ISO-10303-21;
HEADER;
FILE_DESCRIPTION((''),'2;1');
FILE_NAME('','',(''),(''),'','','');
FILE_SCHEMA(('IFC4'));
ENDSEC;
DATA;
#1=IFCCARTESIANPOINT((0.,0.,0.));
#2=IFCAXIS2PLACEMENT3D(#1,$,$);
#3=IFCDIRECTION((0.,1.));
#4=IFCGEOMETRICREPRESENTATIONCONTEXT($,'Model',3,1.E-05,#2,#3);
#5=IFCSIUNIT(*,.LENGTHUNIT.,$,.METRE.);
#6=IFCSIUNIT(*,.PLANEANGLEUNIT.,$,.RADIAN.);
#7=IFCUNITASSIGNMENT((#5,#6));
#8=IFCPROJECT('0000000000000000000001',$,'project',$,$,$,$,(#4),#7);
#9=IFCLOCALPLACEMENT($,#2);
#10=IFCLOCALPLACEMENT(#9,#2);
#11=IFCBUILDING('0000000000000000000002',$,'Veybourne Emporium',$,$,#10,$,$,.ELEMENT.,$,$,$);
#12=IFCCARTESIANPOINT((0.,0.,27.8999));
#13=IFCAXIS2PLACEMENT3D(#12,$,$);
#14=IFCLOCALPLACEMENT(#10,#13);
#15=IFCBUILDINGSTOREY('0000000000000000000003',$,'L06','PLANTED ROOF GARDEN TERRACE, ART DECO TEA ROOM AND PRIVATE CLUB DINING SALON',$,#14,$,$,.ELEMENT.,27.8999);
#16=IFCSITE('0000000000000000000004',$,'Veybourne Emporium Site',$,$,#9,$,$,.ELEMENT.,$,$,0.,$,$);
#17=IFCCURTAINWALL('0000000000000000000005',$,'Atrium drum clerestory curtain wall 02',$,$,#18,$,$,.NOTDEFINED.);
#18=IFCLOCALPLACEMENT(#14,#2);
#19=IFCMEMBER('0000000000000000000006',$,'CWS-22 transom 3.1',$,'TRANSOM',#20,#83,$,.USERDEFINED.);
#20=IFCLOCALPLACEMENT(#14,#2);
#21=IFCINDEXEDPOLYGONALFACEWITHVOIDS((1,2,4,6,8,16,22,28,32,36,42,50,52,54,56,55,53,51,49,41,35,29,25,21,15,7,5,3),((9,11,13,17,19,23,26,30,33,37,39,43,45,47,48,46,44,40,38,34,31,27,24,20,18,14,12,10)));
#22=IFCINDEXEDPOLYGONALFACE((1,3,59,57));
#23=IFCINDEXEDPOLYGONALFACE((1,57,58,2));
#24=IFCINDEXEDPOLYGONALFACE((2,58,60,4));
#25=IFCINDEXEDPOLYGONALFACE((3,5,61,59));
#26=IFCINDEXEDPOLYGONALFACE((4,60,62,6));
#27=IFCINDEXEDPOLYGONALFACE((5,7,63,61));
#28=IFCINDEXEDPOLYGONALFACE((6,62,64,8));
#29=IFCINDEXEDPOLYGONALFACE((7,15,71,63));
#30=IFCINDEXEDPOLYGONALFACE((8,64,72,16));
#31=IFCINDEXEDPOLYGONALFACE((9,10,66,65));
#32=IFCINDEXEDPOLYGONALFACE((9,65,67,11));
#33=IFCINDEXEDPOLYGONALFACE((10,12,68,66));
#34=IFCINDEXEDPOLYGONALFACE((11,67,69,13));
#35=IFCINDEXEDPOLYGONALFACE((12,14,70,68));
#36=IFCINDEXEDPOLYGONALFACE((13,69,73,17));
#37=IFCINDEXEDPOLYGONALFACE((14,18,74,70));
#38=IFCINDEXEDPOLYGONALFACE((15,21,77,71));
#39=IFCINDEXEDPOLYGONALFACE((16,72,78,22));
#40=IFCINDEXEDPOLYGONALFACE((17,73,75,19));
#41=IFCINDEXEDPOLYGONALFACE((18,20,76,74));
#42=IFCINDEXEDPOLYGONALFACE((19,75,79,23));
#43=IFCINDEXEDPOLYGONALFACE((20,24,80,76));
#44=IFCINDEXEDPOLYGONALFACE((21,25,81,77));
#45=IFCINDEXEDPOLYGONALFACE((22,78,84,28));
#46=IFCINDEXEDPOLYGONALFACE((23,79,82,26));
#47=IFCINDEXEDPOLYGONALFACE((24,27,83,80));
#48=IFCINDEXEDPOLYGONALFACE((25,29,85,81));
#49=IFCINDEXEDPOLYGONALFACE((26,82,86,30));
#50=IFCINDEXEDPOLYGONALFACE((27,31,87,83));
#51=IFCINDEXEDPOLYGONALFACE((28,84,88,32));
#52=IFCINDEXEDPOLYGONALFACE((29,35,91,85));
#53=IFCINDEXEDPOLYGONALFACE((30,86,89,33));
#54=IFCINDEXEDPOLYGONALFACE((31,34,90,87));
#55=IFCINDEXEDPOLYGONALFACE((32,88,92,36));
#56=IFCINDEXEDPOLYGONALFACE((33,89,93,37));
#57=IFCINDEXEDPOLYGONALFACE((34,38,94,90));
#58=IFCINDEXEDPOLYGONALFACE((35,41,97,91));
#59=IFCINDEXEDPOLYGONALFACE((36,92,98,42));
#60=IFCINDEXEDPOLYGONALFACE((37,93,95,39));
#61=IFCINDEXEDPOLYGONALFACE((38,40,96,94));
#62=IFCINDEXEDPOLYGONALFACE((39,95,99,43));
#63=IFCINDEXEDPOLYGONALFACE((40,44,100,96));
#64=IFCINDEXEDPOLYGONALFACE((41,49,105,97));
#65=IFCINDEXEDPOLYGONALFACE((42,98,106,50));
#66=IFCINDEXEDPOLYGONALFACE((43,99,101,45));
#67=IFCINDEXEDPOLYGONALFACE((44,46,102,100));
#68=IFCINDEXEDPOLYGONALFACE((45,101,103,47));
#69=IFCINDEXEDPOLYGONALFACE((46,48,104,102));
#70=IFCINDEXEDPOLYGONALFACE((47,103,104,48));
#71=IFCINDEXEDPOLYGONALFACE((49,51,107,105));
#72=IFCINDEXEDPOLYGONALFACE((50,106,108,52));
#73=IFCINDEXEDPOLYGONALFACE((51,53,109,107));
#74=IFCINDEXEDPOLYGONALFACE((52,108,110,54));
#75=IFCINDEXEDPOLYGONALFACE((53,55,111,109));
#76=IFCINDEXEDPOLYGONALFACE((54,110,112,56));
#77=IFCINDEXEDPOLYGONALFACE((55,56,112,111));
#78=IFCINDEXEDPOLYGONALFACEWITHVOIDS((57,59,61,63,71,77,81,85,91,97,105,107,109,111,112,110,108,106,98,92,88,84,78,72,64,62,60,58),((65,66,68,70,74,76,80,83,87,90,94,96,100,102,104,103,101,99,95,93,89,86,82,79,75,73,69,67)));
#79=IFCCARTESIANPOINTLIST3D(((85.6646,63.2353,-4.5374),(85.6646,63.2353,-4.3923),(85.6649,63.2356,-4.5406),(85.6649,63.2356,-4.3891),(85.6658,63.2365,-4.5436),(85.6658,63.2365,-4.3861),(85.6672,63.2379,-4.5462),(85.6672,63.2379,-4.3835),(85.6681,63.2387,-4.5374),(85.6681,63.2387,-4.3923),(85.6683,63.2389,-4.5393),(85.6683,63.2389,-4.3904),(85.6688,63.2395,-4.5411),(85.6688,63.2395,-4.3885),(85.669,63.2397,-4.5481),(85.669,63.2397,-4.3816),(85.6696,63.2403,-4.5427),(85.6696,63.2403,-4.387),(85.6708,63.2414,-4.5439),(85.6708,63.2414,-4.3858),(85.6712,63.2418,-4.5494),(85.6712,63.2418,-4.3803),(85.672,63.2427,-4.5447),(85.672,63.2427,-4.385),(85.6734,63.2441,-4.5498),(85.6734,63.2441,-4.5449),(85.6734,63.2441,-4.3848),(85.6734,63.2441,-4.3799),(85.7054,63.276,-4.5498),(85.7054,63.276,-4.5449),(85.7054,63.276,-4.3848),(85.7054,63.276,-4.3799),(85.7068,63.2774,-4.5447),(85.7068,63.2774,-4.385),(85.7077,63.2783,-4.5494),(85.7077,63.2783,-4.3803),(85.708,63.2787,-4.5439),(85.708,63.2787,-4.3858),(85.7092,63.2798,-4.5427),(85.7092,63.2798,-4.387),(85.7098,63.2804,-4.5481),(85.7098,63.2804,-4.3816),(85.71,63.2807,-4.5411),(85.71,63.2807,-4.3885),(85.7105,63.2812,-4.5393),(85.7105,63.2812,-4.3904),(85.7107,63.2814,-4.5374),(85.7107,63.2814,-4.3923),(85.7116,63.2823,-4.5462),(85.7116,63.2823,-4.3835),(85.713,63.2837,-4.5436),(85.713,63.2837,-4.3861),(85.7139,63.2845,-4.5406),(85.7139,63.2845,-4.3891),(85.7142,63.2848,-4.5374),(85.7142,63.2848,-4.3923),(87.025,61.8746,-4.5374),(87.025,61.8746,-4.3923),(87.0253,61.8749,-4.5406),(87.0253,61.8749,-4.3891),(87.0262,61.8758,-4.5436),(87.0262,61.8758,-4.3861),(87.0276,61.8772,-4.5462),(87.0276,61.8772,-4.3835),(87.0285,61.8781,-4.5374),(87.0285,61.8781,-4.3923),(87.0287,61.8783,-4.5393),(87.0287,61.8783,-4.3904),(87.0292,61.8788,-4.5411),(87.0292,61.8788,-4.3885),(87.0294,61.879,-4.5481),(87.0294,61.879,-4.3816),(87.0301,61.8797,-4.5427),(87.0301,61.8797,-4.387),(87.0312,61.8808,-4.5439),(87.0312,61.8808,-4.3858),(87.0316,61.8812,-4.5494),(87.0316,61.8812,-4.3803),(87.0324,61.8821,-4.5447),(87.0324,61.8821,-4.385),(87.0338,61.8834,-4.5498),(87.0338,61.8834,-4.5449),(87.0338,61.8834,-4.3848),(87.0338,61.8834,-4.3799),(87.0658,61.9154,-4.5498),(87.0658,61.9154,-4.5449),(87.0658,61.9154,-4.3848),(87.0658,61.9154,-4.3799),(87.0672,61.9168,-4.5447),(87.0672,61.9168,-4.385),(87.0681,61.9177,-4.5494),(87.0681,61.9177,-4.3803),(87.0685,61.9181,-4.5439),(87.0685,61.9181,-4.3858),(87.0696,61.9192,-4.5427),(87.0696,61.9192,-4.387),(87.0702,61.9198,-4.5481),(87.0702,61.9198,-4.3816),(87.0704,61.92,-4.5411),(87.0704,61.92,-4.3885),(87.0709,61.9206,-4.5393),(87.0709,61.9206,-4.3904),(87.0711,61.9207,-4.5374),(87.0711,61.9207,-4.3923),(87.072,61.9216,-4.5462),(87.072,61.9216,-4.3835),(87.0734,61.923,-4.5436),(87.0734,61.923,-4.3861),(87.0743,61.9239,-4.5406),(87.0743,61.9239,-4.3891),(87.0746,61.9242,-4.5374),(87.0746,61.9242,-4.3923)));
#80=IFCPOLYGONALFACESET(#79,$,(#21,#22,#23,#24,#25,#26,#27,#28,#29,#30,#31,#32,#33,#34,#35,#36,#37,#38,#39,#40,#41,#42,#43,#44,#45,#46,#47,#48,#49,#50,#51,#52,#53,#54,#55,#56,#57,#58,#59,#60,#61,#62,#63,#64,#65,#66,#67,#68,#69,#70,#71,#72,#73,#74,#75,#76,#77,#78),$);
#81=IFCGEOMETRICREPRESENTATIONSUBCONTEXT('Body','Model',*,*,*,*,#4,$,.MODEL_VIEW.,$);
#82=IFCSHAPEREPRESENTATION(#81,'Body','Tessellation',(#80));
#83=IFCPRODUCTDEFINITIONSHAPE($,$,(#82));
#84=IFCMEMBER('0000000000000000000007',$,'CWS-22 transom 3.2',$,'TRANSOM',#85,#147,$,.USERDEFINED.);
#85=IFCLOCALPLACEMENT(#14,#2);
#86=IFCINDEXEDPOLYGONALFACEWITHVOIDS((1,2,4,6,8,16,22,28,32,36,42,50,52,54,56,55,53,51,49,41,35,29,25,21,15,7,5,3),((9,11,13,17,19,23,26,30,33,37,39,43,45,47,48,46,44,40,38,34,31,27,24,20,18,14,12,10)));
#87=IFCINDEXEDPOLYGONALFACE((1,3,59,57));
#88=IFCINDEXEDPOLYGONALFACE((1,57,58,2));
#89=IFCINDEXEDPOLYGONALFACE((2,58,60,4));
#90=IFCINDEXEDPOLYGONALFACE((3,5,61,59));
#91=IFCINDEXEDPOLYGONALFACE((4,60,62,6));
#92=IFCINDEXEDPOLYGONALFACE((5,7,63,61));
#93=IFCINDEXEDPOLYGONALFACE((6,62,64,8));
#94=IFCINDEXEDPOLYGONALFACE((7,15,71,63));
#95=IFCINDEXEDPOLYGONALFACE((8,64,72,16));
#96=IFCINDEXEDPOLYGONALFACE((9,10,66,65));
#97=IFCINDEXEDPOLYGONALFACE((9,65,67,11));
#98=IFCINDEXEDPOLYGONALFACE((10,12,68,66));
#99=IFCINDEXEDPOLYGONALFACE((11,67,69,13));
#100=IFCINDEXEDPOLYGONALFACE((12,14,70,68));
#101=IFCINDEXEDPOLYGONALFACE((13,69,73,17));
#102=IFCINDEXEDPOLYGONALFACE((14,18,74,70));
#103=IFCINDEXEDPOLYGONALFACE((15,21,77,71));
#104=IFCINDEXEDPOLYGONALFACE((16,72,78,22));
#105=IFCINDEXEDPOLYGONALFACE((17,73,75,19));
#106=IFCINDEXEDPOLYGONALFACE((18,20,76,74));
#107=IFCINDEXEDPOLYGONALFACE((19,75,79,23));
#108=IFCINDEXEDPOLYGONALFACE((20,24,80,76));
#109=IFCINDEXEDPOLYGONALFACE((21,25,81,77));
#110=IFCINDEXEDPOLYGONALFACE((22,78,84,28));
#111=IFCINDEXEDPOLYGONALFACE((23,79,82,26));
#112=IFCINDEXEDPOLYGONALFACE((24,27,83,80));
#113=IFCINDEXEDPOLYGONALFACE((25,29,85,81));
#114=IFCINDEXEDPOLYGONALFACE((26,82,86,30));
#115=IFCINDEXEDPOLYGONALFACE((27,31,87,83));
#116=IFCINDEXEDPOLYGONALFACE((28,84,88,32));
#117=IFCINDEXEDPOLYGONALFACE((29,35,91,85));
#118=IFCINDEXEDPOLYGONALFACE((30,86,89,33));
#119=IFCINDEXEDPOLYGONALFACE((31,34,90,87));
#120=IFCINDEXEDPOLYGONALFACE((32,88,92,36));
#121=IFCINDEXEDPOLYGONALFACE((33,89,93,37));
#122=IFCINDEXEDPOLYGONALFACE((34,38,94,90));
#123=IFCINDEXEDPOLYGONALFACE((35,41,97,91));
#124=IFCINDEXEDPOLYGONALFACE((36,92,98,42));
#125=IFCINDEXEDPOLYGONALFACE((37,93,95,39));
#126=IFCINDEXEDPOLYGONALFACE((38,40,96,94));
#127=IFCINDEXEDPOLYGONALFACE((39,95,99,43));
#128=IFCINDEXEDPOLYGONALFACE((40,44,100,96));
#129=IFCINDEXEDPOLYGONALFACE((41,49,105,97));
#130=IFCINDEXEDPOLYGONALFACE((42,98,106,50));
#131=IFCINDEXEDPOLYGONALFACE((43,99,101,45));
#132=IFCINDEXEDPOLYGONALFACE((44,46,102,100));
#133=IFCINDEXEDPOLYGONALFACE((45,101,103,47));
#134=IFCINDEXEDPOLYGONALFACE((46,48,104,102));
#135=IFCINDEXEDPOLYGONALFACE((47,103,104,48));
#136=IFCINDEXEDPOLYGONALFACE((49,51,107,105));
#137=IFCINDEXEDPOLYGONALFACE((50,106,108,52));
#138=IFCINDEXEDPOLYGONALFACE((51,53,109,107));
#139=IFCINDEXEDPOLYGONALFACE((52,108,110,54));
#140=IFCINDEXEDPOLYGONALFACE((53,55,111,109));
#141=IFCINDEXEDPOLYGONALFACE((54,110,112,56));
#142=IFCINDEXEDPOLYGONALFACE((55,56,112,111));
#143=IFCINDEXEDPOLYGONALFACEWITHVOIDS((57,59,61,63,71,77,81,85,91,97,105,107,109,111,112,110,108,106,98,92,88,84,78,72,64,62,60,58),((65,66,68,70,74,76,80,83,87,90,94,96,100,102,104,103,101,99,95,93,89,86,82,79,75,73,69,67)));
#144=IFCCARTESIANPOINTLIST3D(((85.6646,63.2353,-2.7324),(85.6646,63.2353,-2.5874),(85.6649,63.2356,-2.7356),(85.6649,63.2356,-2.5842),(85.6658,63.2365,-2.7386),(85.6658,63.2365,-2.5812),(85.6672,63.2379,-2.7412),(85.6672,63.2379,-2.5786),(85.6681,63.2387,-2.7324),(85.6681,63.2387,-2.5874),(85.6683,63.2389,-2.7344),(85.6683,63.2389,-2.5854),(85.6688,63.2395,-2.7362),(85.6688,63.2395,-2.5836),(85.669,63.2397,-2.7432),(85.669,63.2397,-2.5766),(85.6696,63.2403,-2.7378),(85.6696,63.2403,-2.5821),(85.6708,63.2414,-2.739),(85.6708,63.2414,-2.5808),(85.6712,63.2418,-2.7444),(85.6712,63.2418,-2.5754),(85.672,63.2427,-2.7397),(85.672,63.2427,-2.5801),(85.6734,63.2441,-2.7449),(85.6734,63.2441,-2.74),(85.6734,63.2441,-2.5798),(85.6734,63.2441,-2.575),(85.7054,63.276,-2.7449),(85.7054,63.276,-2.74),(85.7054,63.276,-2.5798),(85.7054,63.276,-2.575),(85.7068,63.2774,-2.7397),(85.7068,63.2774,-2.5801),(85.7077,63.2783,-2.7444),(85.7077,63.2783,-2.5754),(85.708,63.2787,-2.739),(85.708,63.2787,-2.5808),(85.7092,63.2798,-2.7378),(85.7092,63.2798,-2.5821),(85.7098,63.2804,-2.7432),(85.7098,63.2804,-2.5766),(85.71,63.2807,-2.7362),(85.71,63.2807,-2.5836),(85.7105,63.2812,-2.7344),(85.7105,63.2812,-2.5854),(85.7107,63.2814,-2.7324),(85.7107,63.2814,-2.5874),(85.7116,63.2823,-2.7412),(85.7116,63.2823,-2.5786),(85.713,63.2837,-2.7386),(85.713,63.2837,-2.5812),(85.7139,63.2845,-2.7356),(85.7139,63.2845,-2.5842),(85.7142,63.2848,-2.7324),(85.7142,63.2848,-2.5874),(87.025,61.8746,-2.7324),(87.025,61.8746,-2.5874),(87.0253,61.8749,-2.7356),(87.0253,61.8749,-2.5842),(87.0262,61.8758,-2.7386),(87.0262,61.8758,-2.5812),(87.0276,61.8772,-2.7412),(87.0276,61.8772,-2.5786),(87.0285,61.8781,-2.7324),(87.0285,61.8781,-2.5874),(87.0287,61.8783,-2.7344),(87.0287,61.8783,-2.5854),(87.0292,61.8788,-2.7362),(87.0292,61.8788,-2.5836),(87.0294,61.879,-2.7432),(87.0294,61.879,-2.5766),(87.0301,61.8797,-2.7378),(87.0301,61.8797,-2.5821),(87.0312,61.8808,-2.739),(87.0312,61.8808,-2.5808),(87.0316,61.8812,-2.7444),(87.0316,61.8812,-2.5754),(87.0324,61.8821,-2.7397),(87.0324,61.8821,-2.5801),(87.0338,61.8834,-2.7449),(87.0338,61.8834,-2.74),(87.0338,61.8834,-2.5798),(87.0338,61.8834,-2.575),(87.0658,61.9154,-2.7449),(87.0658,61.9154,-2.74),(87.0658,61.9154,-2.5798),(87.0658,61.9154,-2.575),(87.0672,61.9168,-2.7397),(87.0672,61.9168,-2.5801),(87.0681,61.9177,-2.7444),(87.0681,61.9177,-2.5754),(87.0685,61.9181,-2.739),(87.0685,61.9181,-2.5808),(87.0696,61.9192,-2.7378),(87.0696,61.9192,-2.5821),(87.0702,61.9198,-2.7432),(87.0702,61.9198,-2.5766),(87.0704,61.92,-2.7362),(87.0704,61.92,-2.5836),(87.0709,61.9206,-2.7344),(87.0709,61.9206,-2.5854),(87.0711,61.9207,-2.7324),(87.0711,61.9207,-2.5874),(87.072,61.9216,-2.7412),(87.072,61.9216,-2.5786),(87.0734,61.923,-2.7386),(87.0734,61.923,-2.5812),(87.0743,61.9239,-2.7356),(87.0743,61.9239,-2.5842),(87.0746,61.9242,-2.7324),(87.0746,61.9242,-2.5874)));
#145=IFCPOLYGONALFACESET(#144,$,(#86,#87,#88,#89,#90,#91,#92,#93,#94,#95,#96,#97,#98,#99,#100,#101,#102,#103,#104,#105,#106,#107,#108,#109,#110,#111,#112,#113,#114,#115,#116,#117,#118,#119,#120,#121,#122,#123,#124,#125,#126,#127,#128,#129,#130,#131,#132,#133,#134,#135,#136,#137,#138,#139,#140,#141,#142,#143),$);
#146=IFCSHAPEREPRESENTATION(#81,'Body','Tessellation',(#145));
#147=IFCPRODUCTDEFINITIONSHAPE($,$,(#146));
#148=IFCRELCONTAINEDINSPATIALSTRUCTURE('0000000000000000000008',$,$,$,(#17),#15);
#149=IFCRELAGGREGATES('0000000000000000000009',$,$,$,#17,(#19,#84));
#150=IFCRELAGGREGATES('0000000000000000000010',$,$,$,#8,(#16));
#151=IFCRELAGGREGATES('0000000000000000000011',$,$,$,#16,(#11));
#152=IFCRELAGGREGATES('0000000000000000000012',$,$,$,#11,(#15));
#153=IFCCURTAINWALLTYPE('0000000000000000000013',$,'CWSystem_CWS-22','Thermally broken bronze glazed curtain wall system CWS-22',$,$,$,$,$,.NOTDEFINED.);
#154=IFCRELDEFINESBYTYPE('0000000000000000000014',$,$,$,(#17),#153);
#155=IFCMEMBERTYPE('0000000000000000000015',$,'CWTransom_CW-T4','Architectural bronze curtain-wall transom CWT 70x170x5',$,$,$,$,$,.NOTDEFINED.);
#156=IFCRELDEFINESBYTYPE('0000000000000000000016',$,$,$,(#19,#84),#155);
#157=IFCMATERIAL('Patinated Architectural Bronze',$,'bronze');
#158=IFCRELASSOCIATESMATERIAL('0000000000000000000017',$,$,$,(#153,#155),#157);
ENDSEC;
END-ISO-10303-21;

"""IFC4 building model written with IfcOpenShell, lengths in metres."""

from ifc_helpers import new_model, si_unit, direction, frame, origin, origin_2d, place, context, subcontext, project, spatial, hollow_rectangle, extrude, material, material_profile, profile_set, type_object, element, aggregate, save


model = new_model("IFC4")

# Units and contexts
model_context = context("Model", 3, precision=1e-05, world=origin(), true_north=direction((0.0, 1.0)))
body_context = subcontext(model_context, "Body", "Model", "MODEL_VIEW")
ifc_project = project(units=[si_unit("LENGTHUNIT", "METRE"), si_unit("PLANEANGLEUNIT", "RADIAN")], contexts=[model_context])

# Site, building, storey
site_placement = place(None, origin())
site = spatial("IfcSite", under=ifc_project, at=site_placement, Name="Veybourne Emporium Site", CompositionType="ELEMENT", RefElevation=0.0)
building_placement = place(site_placement, origin())
building = spatial("IfcBuilding", under=site, at=building_placement, Name="Veybourne Emporium", CompositionType="ELEMENT")
storey_placement = place(building_placement, frame((0.0, 0.0, 27.8999)))
storey = spatial("IfcBuildingStorey", under=building, at=storey_placement, Name="L06", Description="PLANTED ROOF GARDEN TERRACE, ART DECO TEA ROOM AND PRIVATE CLUB DINING SALON", CompositionType="ELEMENT", Elevation=27.8999)

# Curtain wall
ifc_material_1 = material(Name="Patinated Architectural Bronze", Category="bronze")
curtain_wall_type_1 = type_object("IfcCurtainWallType", Name="CWSystem_CWS-22", Description="Thermally broken bronze glazed curtain wall system CWS-22", PredefinedType="NOTDEFINED", material=ifc_material_1)
curtain_wall_1_placement = place(storey_placement, origin())
curtain_wall_1 = element("IfcCurtainWall", 1, at=curtain_wall_1_placement, inside=storey, type_object=curtain_wall_type_1, Name="Atrium drum clerestory curtain wall 02", PredefinedType="NOTDEFINED")

# Members
ifc_material_profile_1 = material_profile(ifc_material_1, hollow_rectangle(XDim=0.0701, YDim=0.1699, WallThickness=0.0049, InnerFilletRadius=0.0076, OuterFilletRadius=0.0125, at=origin_2d()), Name="CWT 70x170x5")
ifc_profile_set_1 = profile_set([ifc_material_profile_1], Name="Patinated Architectural Bronze")
member_type_1 = type_object("IfcMemberType", Name="CWTransom_CW-T4", Description="Architectural bronze curtain-wall transom CWT 70x170x5", PredefinedType="NOTDEFINED", material=ifc_profile_set_1)
member_1_placement = place(storey_placement, frame((87.0498, 61.8994, -4.4648), z_axis=(-0.707043, 0.70717, 0.0), x_axis=(-0.70717, -0.707043, 0.0)))
member_1 = element("IfcMember", 2, at=member_1_placement, type_object=member_type_1, Name="CWS-22 transom 3.1", ObjectType="TRANSOM", PredefinedType="USERDEFINED", context=body_context, shape_type="SweptSolid", body=[
    extrude(hollow_rectangle(XDim=0.0701, YDim=0.1699, WallThickness=0.0049, InnerFilletRadius=0.0076, OuterFilletRadius=0.0125, at=origin_2d()), origin(), (0.0, 0.0, 1.0), 1.9241),
])
member_2_placement = place(storey_placement, frame((87.0498, 61.8994, -2.6599), z_axis=(-0.707043, 0.70717, 0.0), x_axis=(-0.70717, -0.707043, 0.0)))
member_2 = element("IfcMember", 3, at=member_2_placement, type_object=member_type_1, Name="CWS-22 transom 3.2", ObjectType="TRANSOM", PredefinedType="USERDEFINED", context=body_context, shape_type="SweptSolid", body=[
    extrude(hollow_rectangle(XDim=0.0701, YDim=0.1699, WallThickness=0.0049, InnerFilletRadius=0.0076, OuterFilletRadius=0.0125, at=origin_2d()), origin(), (0.0, 0.0, 1.0), 1.9241),
])

aggregate(curtain_wall_1, [member_1, member_2])

save(model, "model.ifc")
